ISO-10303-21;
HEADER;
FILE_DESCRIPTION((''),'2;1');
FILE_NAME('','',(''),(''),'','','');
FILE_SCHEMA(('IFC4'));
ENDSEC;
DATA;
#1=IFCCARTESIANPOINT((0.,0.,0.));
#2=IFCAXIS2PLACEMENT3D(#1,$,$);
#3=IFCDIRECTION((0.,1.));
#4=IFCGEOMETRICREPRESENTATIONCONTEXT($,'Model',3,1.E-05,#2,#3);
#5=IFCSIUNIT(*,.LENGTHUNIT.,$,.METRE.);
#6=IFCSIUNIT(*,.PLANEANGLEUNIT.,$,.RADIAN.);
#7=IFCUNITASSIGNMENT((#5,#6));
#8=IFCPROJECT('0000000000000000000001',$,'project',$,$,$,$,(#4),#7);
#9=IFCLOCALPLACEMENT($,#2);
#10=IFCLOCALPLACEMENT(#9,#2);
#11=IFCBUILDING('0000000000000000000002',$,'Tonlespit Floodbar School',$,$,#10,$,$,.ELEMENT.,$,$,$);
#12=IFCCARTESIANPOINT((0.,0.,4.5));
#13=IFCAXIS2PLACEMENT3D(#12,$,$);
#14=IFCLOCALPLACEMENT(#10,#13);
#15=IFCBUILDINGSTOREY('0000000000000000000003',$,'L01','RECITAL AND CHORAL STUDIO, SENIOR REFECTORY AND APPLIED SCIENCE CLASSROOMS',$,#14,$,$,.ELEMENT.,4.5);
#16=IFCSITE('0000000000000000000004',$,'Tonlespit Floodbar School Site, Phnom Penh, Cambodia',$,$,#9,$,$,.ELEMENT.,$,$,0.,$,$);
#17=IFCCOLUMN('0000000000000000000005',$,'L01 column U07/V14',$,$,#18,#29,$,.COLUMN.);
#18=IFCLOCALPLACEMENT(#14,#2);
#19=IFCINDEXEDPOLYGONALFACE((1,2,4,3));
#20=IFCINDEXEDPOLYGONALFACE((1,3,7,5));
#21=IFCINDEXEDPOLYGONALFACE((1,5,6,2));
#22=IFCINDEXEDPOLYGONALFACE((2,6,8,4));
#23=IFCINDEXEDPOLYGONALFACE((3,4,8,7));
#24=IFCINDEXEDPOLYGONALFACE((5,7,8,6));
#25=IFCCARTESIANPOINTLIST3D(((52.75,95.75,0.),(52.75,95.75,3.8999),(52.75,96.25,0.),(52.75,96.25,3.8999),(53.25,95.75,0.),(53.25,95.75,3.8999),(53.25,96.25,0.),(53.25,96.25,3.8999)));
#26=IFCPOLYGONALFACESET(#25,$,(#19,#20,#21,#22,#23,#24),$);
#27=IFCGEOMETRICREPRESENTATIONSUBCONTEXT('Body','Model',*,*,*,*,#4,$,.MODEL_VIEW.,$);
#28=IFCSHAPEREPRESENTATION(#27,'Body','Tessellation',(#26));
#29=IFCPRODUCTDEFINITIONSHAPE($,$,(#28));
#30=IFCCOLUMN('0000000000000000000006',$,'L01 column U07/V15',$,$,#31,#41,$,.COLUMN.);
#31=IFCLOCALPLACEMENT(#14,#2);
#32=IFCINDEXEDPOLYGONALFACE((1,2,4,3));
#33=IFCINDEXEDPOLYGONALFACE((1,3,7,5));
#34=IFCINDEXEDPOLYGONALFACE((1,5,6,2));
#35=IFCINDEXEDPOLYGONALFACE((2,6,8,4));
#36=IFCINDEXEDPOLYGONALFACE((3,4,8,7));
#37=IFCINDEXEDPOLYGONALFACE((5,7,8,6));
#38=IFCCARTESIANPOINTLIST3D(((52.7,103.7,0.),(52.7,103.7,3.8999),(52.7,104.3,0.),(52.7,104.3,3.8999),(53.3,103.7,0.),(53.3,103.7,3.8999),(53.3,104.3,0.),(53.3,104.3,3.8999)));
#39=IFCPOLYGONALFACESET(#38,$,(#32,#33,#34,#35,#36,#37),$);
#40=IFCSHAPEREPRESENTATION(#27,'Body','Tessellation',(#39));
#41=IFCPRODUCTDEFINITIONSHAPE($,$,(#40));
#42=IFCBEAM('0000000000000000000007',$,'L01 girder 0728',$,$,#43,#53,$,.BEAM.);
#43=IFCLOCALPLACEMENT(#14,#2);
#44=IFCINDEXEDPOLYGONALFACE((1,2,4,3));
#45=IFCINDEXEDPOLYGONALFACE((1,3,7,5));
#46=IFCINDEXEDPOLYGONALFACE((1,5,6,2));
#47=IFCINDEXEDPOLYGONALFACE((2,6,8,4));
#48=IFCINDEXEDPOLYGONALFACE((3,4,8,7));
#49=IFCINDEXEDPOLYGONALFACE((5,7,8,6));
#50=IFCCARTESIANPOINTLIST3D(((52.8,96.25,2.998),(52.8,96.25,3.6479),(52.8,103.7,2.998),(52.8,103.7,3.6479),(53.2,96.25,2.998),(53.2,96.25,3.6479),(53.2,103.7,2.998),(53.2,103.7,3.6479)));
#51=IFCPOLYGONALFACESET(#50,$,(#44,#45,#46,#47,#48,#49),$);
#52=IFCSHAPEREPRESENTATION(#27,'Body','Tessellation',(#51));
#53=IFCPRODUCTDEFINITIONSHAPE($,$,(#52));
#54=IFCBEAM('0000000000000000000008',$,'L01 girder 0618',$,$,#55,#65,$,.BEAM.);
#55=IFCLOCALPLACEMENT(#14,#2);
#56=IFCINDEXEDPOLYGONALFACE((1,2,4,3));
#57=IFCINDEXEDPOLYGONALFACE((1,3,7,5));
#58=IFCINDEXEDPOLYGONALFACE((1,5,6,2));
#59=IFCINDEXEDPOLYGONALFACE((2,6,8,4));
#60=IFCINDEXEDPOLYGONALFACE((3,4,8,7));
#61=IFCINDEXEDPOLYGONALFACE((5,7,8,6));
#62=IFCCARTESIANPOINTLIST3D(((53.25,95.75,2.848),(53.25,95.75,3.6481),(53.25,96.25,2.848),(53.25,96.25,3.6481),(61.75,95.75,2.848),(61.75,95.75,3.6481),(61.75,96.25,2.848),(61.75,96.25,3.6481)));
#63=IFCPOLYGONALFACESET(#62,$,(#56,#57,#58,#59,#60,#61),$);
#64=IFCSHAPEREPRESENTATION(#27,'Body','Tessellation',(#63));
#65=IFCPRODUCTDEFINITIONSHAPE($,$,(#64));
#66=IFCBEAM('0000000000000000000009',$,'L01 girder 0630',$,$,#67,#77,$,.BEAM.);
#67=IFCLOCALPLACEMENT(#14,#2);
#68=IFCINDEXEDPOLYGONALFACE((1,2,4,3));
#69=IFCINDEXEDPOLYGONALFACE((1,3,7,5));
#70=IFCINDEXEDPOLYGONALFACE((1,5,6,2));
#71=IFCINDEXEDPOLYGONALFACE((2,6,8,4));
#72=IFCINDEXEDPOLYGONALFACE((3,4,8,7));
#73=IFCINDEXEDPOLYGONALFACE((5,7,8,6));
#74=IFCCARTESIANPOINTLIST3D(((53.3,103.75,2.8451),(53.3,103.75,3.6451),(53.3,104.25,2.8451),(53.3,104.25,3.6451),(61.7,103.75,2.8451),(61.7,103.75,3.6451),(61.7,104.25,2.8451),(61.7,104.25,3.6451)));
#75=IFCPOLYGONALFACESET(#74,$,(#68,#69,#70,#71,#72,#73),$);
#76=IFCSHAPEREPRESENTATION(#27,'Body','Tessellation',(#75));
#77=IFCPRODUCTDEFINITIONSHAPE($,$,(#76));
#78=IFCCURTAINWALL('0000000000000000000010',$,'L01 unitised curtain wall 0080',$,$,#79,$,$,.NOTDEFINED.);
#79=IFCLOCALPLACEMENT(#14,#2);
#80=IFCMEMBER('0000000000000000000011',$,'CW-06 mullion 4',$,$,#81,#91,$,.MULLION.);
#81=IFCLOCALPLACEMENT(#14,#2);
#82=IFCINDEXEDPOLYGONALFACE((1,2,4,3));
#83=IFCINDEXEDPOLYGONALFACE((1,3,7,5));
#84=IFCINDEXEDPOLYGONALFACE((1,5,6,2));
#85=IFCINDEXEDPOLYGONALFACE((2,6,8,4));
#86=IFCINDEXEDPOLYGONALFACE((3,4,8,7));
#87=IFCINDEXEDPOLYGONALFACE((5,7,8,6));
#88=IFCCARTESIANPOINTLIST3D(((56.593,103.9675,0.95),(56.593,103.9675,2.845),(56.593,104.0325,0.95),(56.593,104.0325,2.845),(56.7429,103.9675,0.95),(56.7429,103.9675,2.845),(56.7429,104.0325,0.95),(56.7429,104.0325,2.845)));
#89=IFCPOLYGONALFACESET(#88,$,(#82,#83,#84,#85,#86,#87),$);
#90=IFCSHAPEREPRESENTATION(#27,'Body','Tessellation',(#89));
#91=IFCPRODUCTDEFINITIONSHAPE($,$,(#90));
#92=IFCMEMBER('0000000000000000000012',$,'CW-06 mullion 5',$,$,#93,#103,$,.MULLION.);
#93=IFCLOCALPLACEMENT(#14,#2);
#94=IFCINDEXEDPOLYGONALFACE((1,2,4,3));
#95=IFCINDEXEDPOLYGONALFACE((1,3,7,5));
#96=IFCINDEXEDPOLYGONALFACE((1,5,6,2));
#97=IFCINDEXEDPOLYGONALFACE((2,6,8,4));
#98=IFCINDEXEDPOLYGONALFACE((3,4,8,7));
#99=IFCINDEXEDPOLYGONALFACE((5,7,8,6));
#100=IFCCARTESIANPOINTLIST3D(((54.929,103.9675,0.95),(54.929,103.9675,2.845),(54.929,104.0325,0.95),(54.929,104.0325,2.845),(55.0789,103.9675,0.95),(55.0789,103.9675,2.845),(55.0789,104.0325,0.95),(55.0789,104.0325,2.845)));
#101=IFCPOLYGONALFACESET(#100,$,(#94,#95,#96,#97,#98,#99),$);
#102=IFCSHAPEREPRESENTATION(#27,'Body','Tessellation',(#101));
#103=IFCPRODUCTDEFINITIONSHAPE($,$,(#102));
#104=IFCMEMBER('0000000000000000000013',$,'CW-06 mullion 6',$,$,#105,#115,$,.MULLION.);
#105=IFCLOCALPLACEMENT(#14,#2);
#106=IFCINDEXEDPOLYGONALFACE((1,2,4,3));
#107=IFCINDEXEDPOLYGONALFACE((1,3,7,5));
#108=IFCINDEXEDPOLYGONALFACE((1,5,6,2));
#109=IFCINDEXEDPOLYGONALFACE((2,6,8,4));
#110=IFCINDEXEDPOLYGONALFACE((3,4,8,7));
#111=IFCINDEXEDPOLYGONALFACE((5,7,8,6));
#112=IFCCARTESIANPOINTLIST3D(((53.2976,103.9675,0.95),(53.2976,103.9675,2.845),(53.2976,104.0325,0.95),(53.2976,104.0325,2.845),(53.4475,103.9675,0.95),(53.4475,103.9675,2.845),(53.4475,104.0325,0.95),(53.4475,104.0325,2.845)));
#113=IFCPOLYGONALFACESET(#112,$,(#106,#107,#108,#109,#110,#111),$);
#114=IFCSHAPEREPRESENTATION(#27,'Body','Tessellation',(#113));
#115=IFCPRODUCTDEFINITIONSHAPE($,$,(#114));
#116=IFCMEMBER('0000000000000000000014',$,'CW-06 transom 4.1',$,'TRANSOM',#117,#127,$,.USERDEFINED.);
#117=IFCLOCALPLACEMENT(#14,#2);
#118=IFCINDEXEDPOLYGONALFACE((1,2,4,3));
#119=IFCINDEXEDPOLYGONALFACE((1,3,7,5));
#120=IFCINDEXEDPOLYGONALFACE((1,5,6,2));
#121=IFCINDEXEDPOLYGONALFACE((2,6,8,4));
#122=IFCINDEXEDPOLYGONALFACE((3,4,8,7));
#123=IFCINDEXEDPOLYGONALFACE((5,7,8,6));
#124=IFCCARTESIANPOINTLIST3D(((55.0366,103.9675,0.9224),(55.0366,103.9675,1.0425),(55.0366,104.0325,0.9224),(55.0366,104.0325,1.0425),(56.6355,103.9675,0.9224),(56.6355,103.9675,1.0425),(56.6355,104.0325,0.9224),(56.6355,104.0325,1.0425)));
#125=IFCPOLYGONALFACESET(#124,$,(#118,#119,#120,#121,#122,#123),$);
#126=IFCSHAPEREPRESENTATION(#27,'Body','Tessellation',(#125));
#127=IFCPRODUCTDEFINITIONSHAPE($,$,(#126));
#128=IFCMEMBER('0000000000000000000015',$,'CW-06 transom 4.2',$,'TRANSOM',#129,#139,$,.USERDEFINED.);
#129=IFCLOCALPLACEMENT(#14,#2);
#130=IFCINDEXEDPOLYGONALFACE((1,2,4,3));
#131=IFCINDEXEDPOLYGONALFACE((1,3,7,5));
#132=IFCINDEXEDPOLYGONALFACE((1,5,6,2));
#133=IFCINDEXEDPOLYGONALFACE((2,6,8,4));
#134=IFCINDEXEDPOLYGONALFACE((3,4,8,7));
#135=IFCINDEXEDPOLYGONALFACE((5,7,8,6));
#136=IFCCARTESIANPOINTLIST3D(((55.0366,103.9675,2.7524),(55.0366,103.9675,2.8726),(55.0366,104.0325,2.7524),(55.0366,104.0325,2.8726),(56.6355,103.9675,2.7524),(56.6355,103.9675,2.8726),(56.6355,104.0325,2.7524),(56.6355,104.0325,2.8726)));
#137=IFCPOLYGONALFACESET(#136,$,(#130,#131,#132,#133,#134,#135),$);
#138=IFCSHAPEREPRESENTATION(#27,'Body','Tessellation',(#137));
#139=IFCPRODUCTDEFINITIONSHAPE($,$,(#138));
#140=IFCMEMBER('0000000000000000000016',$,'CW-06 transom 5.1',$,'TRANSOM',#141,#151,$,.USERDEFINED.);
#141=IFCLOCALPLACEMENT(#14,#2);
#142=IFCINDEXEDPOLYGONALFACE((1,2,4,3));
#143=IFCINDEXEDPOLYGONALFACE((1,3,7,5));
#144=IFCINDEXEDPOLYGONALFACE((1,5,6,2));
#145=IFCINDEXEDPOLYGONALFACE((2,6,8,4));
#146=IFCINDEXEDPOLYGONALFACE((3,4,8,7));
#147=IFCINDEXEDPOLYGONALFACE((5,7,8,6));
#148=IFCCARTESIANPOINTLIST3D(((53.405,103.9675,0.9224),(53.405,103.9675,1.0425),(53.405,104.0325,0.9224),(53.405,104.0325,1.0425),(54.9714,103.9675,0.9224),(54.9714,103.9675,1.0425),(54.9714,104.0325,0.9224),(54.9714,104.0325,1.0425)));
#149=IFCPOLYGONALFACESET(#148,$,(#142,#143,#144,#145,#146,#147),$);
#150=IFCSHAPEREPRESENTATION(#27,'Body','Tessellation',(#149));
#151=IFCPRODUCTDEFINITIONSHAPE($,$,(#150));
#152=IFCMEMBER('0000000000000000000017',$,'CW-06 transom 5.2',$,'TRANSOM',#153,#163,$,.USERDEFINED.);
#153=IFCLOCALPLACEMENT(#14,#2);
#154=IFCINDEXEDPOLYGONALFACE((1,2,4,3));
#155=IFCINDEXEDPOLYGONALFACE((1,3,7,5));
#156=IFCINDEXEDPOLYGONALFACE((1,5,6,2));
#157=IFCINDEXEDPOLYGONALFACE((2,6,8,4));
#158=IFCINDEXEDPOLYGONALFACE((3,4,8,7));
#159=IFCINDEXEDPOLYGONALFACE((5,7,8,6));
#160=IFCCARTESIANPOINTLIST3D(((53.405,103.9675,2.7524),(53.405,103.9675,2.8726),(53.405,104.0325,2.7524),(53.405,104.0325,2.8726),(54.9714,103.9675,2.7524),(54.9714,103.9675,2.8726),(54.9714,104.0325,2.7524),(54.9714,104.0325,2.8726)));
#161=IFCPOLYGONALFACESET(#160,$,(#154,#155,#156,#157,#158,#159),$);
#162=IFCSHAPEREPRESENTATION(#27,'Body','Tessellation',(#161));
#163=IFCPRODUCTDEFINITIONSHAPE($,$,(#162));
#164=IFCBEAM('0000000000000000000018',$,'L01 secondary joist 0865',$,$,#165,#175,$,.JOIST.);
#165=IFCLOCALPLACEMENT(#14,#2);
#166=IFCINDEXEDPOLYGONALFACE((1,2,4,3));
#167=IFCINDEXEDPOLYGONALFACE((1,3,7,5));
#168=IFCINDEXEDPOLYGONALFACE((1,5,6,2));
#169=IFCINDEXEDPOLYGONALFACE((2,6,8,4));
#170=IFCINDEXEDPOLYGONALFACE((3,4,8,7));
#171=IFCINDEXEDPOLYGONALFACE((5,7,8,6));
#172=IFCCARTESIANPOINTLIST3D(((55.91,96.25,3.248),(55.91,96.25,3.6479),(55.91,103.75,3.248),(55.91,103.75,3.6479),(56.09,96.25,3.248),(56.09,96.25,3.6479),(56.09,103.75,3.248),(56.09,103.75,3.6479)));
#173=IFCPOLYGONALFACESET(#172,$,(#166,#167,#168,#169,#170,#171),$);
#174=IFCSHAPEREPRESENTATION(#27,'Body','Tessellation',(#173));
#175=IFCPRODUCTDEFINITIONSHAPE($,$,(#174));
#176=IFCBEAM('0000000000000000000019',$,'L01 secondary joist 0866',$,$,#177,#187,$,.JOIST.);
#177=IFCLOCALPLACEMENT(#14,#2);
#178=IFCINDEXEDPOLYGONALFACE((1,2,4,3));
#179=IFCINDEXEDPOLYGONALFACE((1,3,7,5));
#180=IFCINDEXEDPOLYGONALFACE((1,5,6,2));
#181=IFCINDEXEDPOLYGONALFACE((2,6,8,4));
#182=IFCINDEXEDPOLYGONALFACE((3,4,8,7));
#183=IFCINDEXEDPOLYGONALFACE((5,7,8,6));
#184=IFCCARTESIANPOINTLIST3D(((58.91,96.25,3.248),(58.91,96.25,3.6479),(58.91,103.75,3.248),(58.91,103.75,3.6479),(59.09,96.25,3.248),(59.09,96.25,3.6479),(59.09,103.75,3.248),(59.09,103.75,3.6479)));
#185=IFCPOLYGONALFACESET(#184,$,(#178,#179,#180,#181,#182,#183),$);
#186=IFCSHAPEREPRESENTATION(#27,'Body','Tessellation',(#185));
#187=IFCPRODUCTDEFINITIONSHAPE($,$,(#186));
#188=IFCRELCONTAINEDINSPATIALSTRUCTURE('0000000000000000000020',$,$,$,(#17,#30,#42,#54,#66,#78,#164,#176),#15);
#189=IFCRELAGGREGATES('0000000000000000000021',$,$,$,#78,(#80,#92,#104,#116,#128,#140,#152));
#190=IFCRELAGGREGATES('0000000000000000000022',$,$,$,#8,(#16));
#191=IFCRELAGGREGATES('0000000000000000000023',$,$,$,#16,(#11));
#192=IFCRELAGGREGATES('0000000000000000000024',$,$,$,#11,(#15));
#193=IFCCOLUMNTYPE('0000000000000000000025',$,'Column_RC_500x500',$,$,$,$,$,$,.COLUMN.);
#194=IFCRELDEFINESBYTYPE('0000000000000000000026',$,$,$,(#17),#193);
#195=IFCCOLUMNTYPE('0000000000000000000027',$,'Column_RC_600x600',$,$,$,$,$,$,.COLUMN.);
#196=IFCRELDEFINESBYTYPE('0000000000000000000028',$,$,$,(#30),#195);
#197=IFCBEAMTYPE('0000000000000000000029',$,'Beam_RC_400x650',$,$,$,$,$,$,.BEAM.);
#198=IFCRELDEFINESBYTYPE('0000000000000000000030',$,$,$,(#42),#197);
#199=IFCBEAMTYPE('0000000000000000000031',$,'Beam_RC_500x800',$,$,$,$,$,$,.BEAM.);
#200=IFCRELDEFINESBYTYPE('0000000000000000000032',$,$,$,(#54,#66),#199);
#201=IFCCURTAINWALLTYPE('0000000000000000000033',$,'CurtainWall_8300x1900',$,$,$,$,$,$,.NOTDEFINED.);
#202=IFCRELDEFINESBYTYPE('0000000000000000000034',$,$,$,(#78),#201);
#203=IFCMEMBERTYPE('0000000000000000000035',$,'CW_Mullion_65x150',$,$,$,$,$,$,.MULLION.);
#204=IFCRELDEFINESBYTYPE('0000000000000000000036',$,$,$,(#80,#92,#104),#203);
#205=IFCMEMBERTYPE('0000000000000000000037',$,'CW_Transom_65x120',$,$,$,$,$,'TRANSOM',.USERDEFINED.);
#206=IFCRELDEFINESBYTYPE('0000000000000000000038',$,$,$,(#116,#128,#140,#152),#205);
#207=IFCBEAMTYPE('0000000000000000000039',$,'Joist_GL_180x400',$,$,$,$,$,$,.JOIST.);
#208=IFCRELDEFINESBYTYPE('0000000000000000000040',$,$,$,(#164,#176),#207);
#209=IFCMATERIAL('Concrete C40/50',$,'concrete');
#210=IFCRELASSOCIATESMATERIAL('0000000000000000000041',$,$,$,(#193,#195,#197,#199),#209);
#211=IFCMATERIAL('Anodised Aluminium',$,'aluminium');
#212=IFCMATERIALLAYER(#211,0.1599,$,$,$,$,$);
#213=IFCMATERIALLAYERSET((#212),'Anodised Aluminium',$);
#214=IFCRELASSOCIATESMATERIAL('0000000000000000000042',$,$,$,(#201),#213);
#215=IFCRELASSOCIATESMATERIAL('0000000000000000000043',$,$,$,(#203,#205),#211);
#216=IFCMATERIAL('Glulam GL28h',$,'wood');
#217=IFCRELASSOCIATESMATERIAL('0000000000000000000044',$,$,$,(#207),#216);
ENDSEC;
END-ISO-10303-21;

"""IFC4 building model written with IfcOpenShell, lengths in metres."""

from ifc_helpers import new_model, si_unit, direction, frame, origin, origin_2d, place, context, subcontext, project, spatial, rectangle, extrude, material, layer, layer_set, material_profile, profile_set, type_object, element, aggregate, save


model = new_model("IFC4")

# Units and contexts
model_context = context("Model", 3, precision=1e-05, world=origin(), true_north=direction((0.0, 1.0)))
body_context = subcontext(model_context, "Body", "Model", "MODEL_VIEW")
ifc_project = project(units=[si_unit("LENGTHUNIT", "METRE"), si_unit("PLANEANGLEUNIT", "RADIAN")], contexts=[model_context])

# Site, building, storey
site_placement = place(None, origin())
site = spatial("IfcSite", under=ifc_project, at=site_placement, Name="Tonlespit Floodbar School Site, Phnom Penh, Cambodia", CompositionType="ELEMENT", RefElevation=0.0)
building_placement = place(site_placement, origin())
building = spatial("IfcBuilding", under=site, at=building_placement, Name="Tonlespit Floodbar School", CompositionType="ELEMENT")
storey_placement = place(building_placement, frame((0.0, 0.0, 4.5)))
storey = spatial("IfcBuildingStorey", under=building, at=storey_placement, Name="L01", Description="RECITAL AND CHORAL STUDIO, SENIOR REFECTORY AND APPLIED SCIENCE CLASSROOMS", CompositionType="ELEMENT", Elevation=4.5)

# Columns
ifc_material_1 = material(Name="Concrete C40/50", Category="concrete")
ifc_material_profile_1 = material_profile(ifc_material_1, rectangle(XDim=0.5, YDim=0.5, at=origin_2d()), Name="RC 500x500")
ifc_profile_set_1 = profile_set([ifc_material_profile_1], Name="Concrete C40/50")
column_type_1 = type_object("IfcColumnType", Name="Column_RC_500x500", PredefinedType="COLUMN", material=ifc_profile_set_1)
column_1_placement = place(storey_placement, frame((53.0, 96.0, 0.0), z_axis=(0.0, 0.0, 1.0), x_axis=(1.0, 0.0, 0.0)))
element("IfcColumn", 1, at=column_1_placement, inside=storey, type_object=column_type_1, Name="L01 column U07/V14", PredefinedType="COLUMN", context=body_context, shape_type="SweptSolid", body=[
    extrude(rectangle(XDim=0.5, YDim=0.5, at=origin_2d()), origin(), (0.0, 0.0, 1.0), 3.8999),
])
ifc_material_profile_2 = material_profile(ifc_material_1, rectangle(XDim=0.6001, YDim=0.6001, at=origin_2d()), Name="RC 600x600")
ifc_profile_set_2 = profile_set([ifc_material_profile_2], Name="Concrete C40/50")
column_type_2 = type_object("IfcColumnType", Name="Column_RC_600x600", PredefinedType="COLUMN", material=ifc_profile_set_2)
column_2_placement = place(storey_placement, frame((53.0, 104.0, 0.0), z_axis=(0.0, 0.0, 1.0), x_axis=(1.0, 0.0, 0.0)))
element("IfcColumn", 2, at=column_2_placement, inside=storey, type_object=column_type_2, Name="L01 column U07/V15", PredefinedType="COLUMN", context=body_context, shape_type="SweptSolid", body=[
    extrude(rectangle(XDim=0.6001, YDim=0.6001, at=origin_2d()), origin(), (0.0, 0.0, 1.0), 3.8999),
])

# Beams
ifc_material_profile_3 = material_profile(ifc_material_1, rectangle(XDim=0.3999, YDim=0.6499, at=origin_2d()), Name="RC 400x650")
ifc_profile_set_3 = profile_set([ifc_material_profile_3], Name="Concrete C40/50")
beam_type_1 = type_object("IfcBeamType", Name="Beam_RC_400x650", PredefinedType="BEAM", material=ifc_profile_set_3)
beam_1_placement = place(storey_placement, frame((53.0, 96.25, 3.323), z_axis=(0.0, 1.0, 0.0), x_axis=(-1.0, 0.0, 0.0)))
element("IfcBeam", 3, at=beam_1_placement, inside=storey, type_object=beam_type_1, Name="L01 girder 0728", PredefinedType="BEAM", context=body_context, shape_type="SweptSolid", body=[
    extrude(rectangle(XDim=0.3999, YDim=0.6499, at=origin_2d()), origin(), (0.0, 0.0, 1.0), 7.45),
])
ifc_material_profile_4 = material_profile(ifc_material_1, rectangle(XDim=0.5, YDim=0.8, at=origin_2d()), Name="RC 500x800")
ifc_profile_set_4 = profile_set([ifc_material_profile_4], Name="Concrete C40/50")
beam_type_2 = type_object("IfcBeamType", Name="Beam_RC_500x800", PredefinedType="BEAM", material=ifc_profile_set_4)
beam_2_placement = place(storey_placement, frame((53.25, 96.0, 3.248), z_axis=(1.0, 0.0, 0.0), x_axis=(0.0, 1.0, 0.0)))
element("IfcBeam", 4, at=beam_2_placement, inside=storey, type_object=beam_type_2, Name="L01 girder 0618", PredefinedType="BEAM", context=body_context, shape_type="SweptSolid", body=[
    extrude(rectangle(XDim=0.5, YDim=0.8, at=origin_2d()), origin(), (0.0, 0.0, 1.0), 8.5),
])
beam_3_placement = place(storey_placement, frame((53.3, 104.0, 3.2451), z_axis=(1.0, 0.0, 0.0), x_axis=(0.0, 1.0, 0.0)))
element("IfcBeam", 5, at=beam_3_placement, inside=storey, type_object=beam_type_2, Name="L01 girder 0630", PredefinedType="BEAM", context=body_context, shape_type="SweptSolid", body=[
    extrude(rectangle(XDim=0.5, YDim=0.8, at=origin_2d()), origin(), (0.0, 0.0, 1.0), 8.3999),
])

# Curtain wall, members
ifc_material_2 = material(Name="Anodised Aluminium", Category="aluminium")
ifc_layer_1 = layer(ifc_material_2, 0.1599)
ifc_layer_set_1 = layer_set([ifc_layer_1], Name="Anodised Aluminium")
curtain_wall_type = type_object("IfcCurtainWallType", Name="CurtainWall_8300x1900", PredefinedType="NOTDEFINED", material=ifc_layer_set_1)
curtain_wall_placement = place(storey_placement, origin())
curtain_wall = element("IfcCurtainWall", 6, at=curtain_wall_placement, inside=storey, type_object=curtain_wall_type, Name="L01 unitised curtain wall 0080", PredefinedType="NOTDEFINED")
ifc_material_profile_5 = material_profile(ifc_material_2, rectangle(XDim=0.0649, YDim=0.1499, at=origin_2d()), Name="ALU M65x150")
ifc_profile_set_5 = profile_set([ifc_material_profile_5], Name="Anodised Aluminium")
member_type_1 = type_object("IfcMemberType", Name="CW_Mullion_65x150", PredefinedType="MULLION", material=ifc_profile_set_5)
member_1_placement = place(storey_placement, frame((56.668, 104.0, 0.95), z_axis=(0.0, 0.0, 1.0), x_axis=(0.0, -1.0, 0.0)))
member_1 = element("IfcMember", 7, at=member_1_placement, type_object=member_type_1, Name="CW-06 mullion 4", PredefinedType="MULLION", context=body_context, shape_type="SweptSolid", body=[
    extrude(rectangle(XDim=0.0649, YDim=0.1499, at=origin_2d()), origin(), (0.0, 0.0, 1.0), 1.895),
])
member_2_placement = place(storey_placement, frame((55.0039, 104.0, 0.95), z_axis=(0.0, 0.0, 1.0), x_axis=(0.0, -1.0, 0.0)))
member_2 = element("IfcMember", 8, at=member_2_placement, type_object=member_type_1, Name="CW-06 mullion 5", PredefinedType="MULLION", context=body_context, shape_type="SweptSolid", body=[
    extrude(rectangle(XDim=0.0649, YDim=0.1499, at=origin_2d()), origin(), (0.0, 0.0, 1.0), 1.895),
])
member_3_placement = place(storey_placement, frame((53.3726, 104.0, 0.95), z_axis=(0.0, 0.0, 1.0), x_axis=(0.0, -1.0, 0.0)))
member_3 = element("IfcMember", 9, at=member_3_placement, type_object=member_type_1, Name="CW-06 mullion 6", PredefinedType="MULLION", context=body_context, shape_type="SweptSolid", body=[
    extrude(rectangle(XDim=0.0649, YDim=0.1499, at=origin_2d()), origin(), (0.0, 0.0, 1.0), 1.895),
])
ifc_material_profile_6 = material_profile(ifc_material_2, rectangle(XDim=0.0649, YDim=0.1201, at=origin_2d()), Name="ALU T65x120")
ifc_profile_set_6 = profile_set([ifc_material_profile_6], Name="Anodised Aluminium")
member_type_2 = type_object("IfcMemberType", Name="CW_Transom_65x120", ElementType="TRANSOM", PredefinedType="USERDEFINED", material=ifc_profile_set_6)
member_4_placement = place(storey_placement, frame((56.6355, 104.0, 0.9824), z_axis=(-1.0, 0.0, 0.0), x_axis=(0.0, -1.0, 0.0)))
member_4 = element("IfcMember", 10, at=member_4_placement, type_object=member_type_2, Name="CW-06 transom 4.1", ObjectType="TRANSOM", PredefinedType="USERDEFINED", context=body_context, shape_type="SweptSolid", body=[
    extrude(rectangle(XDim=0.0649, YDim=0.1201, at=origin_2d()), origin(), (0.0, 0.0, 1.0), 1.5989),
])
member_5_placement = place(storey_placement, frame((56.6355, 104.0, 2.8125), z_axis=(-1.0, 0.0, 0.0), x_axis=(0.0, -1.0, 0.0)))
member_5 = element("IfcMember", 11, at=member_5_placement, type_object=member_type_2, Name="CW-06 transom 4.2", ObjectType="TRANSOM", PredefinedType="USERDEFINED", context=body_context, shape_type="SweptSolid", body=[
    extrude(rectangle(XDim=0.0649, YDim=0.1201, at=origin_2d()), origin(), (0.0, 0.0, 1.0), 1.5989),
])
member_6_placement = place(storey_placement, frame((54.9714, 104.0, 0.9824), z_axis=(-1.0, 0.0, 0.0), x_axis=(0.0, -1.0, 0.0)))
member_6 = element("IfcMember", 12, at=member_6_placement, type_object=member_type_2, Name="CW-06 transom 5.1", ObjectType="TRANSOM", PredefinedType="USERDEFINED", context=body_context, shape_type="SweptSolid", body=[
    extrude(rectangle(XDim=0.0649, YDim=0.1201, at=origin_2d()), origin(), (0.0, 0.0, 1.0), 1.5664),
])
member_7_placement = place(storey_placement, frame((54.9714, 104.0, 2.8125), z_axis=(-1.0, 0.0, 0.0), x_axis=(0.0, -1.0, 0.0)))
member_7 = element("IfcMember", 13, at=member_7_placement, type_object=member_type_2, Name="CW-06 transom 5.2", ObjectType="TRANSOM", PredefinedType="USERDEFINED", context=body_context, shape_type="SweptSolid", body=[
    extrude(rectangle(XDim=0.0649, YDim=0.1201, at=origin_2d()), origin(), (0.0, 0.0, 1.0), 1.5664),
])

# Beams
ifc_material_3 = material(Name="Glulam GL28h", Category="wood")
ifc_material_profile_7 = material_profile(ifc_material_3, rectangle(XDim=0.1799, YDim=0.3999, at=origin_2d()), Name="GL 180x400")
ifc_profile_set_7 = profile_set([ifc_material_profile_7], Name="Glulam GL28h")
beam_type_3 = type_object("IfcBeamType", Name="Joist_GL_180x400", PredefinedType="JOIST", material=ifc_profile_set_7)
for number, where, z_axis, x_axis, name in (
    (14, (56.0, 96.25, 3.448), (0.0, 1.0, 0.0), (-1.0, 0.0, 0.0), "L01 secondary joist 0865"),
    (15, (59.0, 96.25, 3.448), (0.0, 1.0, 0.0), (-1.0, 0.0, 0.0), "L01 secondary joist 0866"),
):
    element("IfcBeam", number, at=place(storey_placement, frame(where, z_axis=z_axis, x_axis=x_axis)), inside=storey, type_object=beam_type_3, Name=name, PredefinedType="JOIST", context=body_context, shape_type="SweptSolid", body=[
        extrude(rectangle(XDim=0.1799, YDim=0.3999, at=origin_2d()), origin(), (0.0, 0.0, 1.0), 7.5),
    ])

aggregate(curtain_wall, [member_1, member_2, member_3, member_4, member_5, member_6, member_7])

save(model, "model.ifc")
